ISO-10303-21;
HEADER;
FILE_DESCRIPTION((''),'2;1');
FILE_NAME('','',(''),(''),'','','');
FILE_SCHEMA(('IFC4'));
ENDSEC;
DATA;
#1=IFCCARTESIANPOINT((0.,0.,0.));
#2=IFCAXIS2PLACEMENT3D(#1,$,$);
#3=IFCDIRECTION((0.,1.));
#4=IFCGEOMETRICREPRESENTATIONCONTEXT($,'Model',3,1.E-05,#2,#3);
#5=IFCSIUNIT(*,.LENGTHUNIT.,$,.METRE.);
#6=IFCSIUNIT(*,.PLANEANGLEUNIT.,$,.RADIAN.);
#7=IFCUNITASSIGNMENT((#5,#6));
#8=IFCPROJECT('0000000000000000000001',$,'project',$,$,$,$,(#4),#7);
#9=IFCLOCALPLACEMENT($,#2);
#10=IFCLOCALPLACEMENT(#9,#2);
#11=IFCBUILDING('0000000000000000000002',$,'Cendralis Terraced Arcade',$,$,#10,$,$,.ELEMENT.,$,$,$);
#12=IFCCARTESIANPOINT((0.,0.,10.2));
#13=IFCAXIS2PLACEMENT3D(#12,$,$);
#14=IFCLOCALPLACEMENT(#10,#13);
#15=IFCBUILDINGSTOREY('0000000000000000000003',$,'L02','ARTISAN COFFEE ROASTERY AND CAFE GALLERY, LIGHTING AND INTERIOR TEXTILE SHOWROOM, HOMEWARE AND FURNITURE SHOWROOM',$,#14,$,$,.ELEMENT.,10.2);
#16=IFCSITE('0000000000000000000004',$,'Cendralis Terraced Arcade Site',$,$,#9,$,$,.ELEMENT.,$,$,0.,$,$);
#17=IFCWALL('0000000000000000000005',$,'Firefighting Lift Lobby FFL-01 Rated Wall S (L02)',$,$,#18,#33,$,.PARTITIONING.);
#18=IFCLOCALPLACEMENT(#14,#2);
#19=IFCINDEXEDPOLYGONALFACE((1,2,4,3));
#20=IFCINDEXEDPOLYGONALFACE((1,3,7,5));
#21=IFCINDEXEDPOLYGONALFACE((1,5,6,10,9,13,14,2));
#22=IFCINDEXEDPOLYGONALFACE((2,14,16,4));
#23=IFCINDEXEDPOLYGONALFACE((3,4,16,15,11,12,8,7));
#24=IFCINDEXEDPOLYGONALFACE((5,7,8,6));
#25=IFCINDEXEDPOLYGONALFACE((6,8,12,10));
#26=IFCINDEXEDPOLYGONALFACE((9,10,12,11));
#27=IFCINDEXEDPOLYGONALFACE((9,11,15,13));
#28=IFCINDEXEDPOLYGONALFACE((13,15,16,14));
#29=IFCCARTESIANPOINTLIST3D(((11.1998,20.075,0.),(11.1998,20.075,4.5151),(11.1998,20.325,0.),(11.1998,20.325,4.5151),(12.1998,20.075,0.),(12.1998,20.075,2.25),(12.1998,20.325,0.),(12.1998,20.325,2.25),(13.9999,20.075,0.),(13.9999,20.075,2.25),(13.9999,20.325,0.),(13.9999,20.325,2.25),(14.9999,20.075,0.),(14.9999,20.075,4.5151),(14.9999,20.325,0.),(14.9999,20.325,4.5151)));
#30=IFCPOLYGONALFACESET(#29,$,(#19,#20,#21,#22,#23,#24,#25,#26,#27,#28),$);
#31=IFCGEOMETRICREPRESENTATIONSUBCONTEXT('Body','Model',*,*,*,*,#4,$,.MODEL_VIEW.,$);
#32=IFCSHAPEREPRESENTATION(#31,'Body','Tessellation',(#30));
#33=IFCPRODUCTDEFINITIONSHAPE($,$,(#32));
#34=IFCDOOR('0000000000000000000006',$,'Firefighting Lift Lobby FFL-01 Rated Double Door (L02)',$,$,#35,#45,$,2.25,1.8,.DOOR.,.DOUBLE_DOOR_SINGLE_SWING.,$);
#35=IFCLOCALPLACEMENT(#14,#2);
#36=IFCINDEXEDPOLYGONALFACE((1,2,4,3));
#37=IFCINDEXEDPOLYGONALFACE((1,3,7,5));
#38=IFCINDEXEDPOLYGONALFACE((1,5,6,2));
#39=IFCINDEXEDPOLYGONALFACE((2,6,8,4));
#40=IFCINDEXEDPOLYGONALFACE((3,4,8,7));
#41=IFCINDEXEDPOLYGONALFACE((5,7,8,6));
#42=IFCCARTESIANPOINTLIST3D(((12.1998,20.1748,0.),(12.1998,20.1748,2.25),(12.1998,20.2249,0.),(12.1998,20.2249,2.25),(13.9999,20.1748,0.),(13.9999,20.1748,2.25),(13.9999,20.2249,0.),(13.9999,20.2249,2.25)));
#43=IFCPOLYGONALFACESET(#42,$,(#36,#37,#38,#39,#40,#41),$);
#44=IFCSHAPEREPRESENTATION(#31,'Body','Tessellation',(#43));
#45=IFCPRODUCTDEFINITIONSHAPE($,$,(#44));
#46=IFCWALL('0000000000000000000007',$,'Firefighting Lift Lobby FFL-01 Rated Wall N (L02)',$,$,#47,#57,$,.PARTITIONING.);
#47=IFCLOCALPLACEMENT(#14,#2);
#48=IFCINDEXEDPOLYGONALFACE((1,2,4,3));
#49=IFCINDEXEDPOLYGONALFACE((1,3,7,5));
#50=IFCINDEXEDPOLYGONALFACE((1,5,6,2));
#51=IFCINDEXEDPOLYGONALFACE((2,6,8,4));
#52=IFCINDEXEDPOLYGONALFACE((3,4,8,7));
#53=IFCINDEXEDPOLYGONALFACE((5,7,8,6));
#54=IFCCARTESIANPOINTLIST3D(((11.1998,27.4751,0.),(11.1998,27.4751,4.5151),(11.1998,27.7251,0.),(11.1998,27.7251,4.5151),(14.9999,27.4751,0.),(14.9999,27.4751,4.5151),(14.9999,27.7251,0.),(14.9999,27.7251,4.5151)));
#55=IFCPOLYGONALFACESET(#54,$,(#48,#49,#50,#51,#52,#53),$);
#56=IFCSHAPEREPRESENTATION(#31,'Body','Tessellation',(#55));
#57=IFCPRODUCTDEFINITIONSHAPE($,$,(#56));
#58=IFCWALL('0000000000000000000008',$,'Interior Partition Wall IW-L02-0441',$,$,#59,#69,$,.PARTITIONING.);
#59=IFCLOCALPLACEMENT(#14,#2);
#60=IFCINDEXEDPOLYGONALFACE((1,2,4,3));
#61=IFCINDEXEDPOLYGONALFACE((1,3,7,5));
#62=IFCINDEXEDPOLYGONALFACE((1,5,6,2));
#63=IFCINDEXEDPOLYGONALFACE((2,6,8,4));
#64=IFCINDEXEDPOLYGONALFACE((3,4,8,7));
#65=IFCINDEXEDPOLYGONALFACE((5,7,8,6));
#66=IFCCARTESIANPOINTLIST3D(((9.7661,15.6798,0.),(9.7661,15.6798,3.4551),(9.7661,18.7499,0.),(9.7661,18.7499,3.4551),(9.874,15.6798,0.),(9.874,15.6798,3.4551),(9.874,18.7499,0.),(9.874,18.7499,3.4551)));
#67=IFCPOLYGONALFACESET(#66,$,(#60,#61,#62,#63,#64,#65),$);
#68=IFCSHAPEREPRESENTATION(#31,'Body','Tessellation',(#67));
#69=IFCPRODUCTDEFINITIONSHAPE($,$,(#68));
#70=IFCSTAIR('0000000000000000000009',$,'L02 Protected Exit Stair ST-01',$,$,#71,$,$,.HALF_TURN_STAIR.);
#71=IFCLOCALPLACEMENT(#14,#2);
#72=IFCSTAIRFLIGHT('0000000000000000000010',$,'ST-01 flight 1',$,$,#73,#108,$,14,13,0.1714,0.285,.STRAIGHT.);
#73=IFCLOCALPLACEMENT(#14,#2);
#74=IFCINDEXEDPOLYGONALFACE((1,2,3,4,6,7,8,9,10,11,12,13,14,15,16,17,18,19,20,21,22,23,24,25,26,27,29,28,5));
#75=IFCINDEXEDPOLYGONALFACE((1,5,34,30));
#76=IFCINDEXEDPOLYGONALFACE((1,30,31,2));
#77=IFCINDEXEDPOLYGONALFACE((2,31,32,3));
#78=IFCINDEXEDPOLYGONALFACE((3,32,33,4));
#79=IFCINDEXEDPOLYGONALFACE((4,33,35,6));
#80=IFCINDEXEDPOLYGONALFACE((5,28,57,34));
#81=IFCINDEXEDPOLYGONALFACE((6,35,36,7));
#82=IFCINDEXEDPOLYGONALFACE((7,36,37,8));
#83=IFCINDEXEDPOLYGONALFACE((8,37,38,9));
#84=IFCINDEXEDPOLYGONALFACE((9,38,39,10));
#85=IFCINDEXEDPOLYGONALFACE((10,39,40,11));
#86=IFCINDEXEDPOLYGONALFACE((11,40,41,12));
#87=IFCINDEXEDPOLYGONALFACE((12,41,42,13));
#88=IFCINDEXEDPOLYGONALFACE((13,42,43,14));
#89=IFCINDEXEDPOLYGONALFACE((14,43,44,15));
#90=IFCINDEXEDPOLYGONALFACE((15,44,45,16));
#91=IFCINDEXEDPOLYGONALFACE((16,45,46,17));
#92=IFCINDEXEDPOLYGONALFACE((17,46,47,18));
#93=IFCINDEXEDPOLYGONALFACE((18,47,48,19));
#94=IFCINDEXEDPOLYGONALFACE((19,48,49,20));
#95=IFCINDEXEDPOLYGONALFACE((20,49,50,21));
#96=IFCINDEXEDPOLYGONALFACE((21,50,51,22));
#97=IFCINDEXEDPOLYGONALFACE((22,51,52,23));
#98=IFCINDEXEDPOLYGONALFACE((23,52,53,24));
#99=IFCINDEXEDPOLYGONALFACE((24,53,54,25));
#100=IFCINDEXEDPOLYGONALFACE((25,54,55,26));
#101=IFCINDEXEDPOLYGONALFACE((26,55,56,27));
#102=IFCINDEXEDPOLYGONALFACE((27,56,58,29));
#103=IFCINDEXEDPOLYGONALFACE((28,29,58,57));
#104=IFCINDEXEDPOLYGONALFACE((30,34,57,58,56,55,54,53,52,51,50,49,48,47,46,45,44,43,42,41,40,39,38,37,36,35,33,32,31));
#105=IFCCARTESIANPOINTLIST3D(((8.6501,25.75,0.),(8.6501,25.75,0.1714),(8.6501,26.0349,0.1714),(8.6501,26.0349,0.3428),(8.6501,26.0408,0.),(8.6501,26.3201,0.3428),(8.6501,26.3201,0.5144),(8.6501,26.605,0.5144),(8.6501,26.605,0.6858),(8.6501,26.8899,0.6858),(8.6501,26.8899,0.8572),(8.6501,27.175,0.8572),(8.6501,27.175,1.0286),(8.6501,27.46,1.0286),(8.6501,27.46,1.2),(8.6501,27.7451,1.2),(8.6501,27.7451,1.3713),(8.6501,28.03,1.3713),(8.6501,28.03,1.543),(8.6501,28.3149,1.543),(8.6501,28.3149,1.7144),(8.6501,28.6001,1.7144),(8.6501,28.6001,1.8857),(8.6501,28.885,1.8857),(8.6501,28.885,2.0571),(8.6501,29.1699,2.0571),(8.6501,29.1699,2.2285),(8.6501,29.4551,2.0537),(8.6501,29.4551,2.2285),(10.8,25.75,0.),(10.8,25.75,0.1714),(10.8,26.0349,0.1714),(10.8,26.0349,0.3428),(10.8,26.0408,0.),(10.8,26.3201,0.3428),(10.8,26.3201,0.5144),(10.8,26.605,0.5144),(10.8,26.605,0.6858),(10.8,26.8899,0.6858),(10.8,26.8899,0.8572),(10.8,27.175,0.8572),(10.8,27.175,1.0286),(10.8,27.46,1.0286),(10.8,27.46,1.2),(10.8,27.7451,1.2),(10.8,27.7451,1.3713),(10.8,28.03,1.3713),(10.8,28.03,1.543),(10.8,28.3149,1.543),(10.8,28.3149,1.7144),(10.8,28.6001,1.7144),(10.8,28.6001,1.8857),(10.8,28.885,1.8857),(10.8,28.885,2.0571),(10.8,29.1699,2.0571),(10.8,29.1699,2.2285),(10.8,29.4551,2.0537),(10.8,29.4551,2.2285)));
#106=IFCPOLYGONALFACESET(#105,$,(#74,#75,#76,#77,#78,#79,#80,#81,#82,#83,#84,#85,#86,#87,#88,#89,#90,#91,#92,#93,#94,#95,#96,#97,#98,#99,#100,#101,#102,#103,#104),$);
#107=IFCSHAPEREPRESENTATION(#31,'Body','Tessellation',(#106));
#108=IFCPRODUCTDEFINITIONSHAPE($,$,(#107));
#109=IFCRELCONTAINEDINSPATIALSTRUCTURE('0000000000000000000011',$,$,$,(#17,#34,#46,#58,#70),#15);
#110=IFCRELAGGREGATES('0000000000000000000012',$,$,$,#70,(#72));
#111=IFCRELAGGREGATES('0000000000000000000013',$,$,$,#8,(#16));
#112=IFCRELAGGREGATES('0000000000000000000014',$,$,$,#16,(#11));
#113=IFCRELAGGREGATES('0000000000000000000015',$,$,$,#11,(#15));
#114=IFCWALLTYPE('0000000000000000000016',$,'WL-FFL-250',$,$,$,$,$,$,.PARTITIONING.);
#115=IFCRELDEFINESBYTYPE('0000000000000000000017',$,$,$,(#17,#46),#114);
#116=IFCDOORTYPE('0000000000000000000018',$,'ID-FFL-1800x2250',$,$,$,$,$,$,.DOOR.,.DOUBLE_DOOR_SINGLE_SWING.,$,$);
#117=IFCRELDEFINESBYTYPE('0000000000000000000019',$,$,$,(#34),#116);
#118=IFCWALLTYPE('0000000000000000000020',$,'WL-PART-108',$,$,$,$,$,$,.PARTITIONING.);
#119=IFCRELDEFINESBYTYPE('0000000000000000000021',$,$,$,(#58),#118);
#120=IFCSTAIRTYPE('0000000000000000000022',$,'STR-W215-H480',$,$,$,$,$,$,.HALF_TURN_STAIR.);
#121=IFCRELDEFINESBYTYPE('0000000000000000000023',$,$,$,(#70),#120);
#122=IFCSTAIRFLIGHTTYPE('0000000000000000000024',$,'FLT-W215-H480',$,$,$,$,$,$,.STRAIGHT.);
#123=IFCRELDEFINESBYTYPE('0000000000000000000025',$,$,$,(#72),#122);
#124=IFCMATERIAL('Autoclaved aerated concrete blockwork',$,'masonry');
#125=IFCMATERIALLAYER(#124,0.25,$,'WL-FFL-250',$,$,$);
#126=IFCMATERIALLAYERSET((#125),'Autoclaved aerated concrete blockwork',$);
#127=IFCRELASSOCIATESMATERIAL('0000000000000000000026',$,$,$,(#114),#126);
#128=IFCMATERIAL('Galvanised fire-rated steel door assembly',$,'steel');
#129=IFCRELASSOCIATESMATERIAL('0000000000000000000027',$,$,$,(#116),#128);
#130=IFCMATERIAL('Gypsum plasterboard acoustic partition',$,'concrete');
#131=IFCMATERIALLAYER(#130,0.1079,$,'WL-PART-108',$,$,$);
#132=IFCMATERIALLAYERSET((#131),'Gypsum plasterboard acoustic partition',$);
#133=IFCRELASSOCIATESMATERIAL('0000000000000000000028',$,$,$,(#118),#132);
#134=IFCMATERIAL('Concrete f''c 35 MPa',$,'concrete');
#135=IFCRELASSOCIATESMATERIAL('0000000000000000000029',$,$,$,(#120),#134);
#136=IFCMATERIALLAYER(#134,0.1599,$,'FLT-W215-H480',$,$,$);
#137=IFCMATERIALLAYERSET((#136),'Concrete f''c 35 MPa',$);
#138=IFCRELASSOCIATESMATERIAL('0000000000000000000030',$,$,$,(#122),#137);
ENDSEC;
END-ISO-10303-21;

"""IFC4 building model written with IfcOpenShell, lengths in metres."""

from ifc_helpers import new_model, si_unit, direction, frame, frame_2d, origin, place, context, subcontext, project, spatial, polyline, rectangle, outline, extrude, material, layer, layer_set, type_object, element, fill, aggregate, save


model = new_model("IFC4")

# Units and contexts
model_context = context("Model", 3, precision=1e-05, world=origin(), true_north=direction((0.0, 1.0)))
body_context = subcontext(model_context, "Body", "Model", "MODEL_VIEW")
ifc_project = project(units=[si_unit("LENGTHUNIT", "METRE"), si_unit("PLANEANGLEUNIT", "RADIAN")], contexts=[model_context])

# Site, building, storey
site_placement = place(None, origin())
site = spatial("IfcSite", under=ifc_project, at=site_placement, Name="Cendralis Terraced Arcade Site", CompositionType="ELEMENT", RefElevation=0.0)
building_placement = place(site_placement, origin())
building = spatial("IfcBuilding", under=site, at=building_placement, Name="Cendralis Terraced Arcade", CompositionType="ELEMENT")
storey_placement = place(building_placement, frame((0.0, 0.0, 10.2)))
storey = spatial("IfcBuildingStorey", under=building, at=storey_placement, Name="L02", Description="ARTISAN COFFEE ROASTERY AND CAFE GALLERY, LIGHTING AND INTERIOR TEXTILE SHOWROOM, HOMEWARE AND FURNITURE SHOWROOM", CompositionType="ELEMENT", Elevation=10.2)

# Shared definitions
ifc_material_1 = material(Name="Concrete f'c 35 MPa", Category="concrete")

# Shared definitions
ifc_material_2 = material(Name="Galvanised fire-rated steel door assembly", Category="steel")

# Wall, opening, door
ifc_material_3 = material(Name="Autoclaved aerated concrete blockwork", Category="masonry")
ifc_layer_1 = layer(ifc_material_3, 0.25, Name="WL-FFL-250")
ifc_layer_set_1 = layer_set([ifc_layer_1], Name="Autoclaved aerated concrete blockwork")
wall_type_1 = type_object("IfcWallType", Name="WL-FFL-250", PredefinedType="PARTITIONING", material=ifc_layer_set_1)
wall_1_placement = place(storey_placement, frame((11.2, 20.2, 0.0), z_axis=(0.0, 0.0, 1.0), x_axis=(1.0, 0.0, 0.0)))
wall_1 = element("IfcWall", 1, at=wall_1_placement, inside=storey, type_object=wall_type_1, Name="Firefighting Lift Lobby FFL-01 Rated Wall S (L02)", PredefinedType="PARTITIONING", context=body_context, shape_type="SweptSolid", body=[
    extrude(rectangle(XDim=3.8, YDim=0.25, at=frame_2d((1.8999, 0.0))), origin(), (0.0, 0.0, 1.0), 4.5151),
])
opening_1_placement = place(wall_1_placement, frame((1.0, 0.0, 0.0)))
opening_1 = element("IfcOpeningElement", 2, at=opening_1_placement, cuts=wall_1, PredefinedType="OPENING", context=body_context, shape_type="SweptSolid", body=[
    extrude(rectangle(XDim=1.8, YDim=2.25, at=frame_2d((0.8999, 1.125))), frame((0.0, 0.137, 0.0), z_axis=(0.0, -1.0, 0.0), x_axis=(1.0, 0.0, 0.0)), (0.0, 0.0, 1.0), 0.2739),
])
door_type_1 = type_object("IfcDoorType", Name="ID-FFL-1800x2250", OperationType="DOUBLE_DOOR_SINGLE_SWING", PredefinedType="DOOR", material=ifc_material_2)
door_1_placement = place(opening_1_placement, origin())
door_1 = element("IfcDoor", 3, at=door_1_placement, inside=storey, type_object=door_type_1, Name="Firefighting Lift Lobby FFL-01 Rated Double Door (L02)", OperationType="DOUBLE_DOOR_SINGLE_SWING", OverallHeight=2.25, OverallWidth=1.8, PredefinedType="DOOR", context=body_context, shape_type="SweptSolid", body=[
    extrude(rectangle(XDim=1.8, YDim=2.25, at=frame_2d((0.8999, 1.125))), frame((0.0, 0.0249, 0.0), z_axis=(0.0, -1.0, 0.0), x_axis=(1.0, 0.0, 0.0)), (0.0, 0.0, 1.0), 0.05),
])
fill(opening_1, door_1)

# Walls
wall_2_placement = place(storey_placement, frame((11.2, 27.6001, 0.0), z_axis=(0.0, 0.0, 1.0), x_axis=(1.0, 0.0, 0.0)))
element("IfcWall", 4, at=wall_2_placement, inside=storey, type_object=wall_type_1, Name="Firefighting Lift Lobby FFL-01 Rated Wall N (L02)", PredefinedType="PARTITIONING", context=body_context, shape_type="SweptSolid", body=[
    extrude(rectangle(XDim=3.8, YDim=0.25, at=frame_2d((1.8999, 0.0))), origin(), (0.0, 0.0, 1.0), 4.5151),
])
ifc_material_4 = material(Name="Gypsum plasterboard acoustic partition", Category="concrete")
ifc_layer_2 = layer(ifc_material_4, 0.1079, Name="WL-PART-108")
ifc_layer_set_2 = layer_set([ifc_layer_2], Name="Gypsum plasterboard acoustic partition")
wall_type_2 = type_object("IfcWallType", Name="WL-PART-108", PredefinedType="PARTITIONING", material=ifc_layer_set_2)
wall_3_placement = place(storey_placement, frame((9.8201, 18.75, 0.0), z_axis=(0.0, 0.0, 1.0), x_axis=(0.0, -1.0, 0.0)))
element("IfcWall", 5, at=wall_3_placement, inside=storey, type_object=wall_type_2, Name="Interior Partition Wall IW-L02-0441", PredefinedType="PARTITIONING", context=body_context, shape_type="SweptSolid", body=[
    extrude(rectangle(XDim=3.0701, YDim=0.1079, at=frame_2d((1.5352, 0.0))), origin(), (0.0, 0.0, 1.0), 3.4551),
])

# Stair, stair flight
stair_type = type_object("IfcStairType", Name="STR-W215-H480", PredefinedType="HALF_TURN_STAIR", material=ifc_material_1)
stair_placement = place(storey_placement, origin())
stair = element("IfcStair", 6, at=stair_placement, inside=storey, type_object=stair_type, Name="L02 Protected Exit Stair ST-01", PredefinedType="HALF_TURN_STAIR")
ifc_layer_3 = layer(ifc_material_1, 0.1599, Name="FLT-W215-H480")
ifc_layer_set_3 = layer_set([ifc_layer_3], Name="Concrete f'c 35 MPa")
stair_flight_type = type_object("IfcStairFlightType", Name="FLT-W215-H480", PredefinedType="STRAIGHT", material=ifc_layer_set_3)
stair_flight_placement = place(storey_placement, frame((9.7251, 25.75, 0.0), z_axis=(0.0, 0.0, 1.0), x_axis=(0.0, 1.0, 0.0)))
stair_flight = element("IfcStairFlight", 7, at=stair_flight_placement, type_object=stair_flight_type, Name="ST-01 flight 1", NumberOfRisers=14, NumberOfTreads=13, PredefinedType="STRAIGHT", RiserHeight=0.1714, TreadLength=0.285, context=body_context, shape_type="SweptSolid", body=[
    extrude(outline(polyline([(0.0, 0.0), (0.0, 0.1714), (0.2849, 0.1714), (0.2849, 0.3428), (0.5701, 0.3428), (0.5701, 0.5144), (0.855, 0.5144), (0.855, 0.6858), (1.1399, 0.6858), (1.1399, 0.8572), (1.425, 0.8572), (1.425, 1.0286), (1.71, 1.0286), (1.71, 1.2), (1.9951, 1.2), (1.9951, 1.3713), (2.28, 1.3713), (2.28, 1.543), (2.5649, 1.543), (2.5649, 1.7144), (2.8501, 1.7144), (2.8501, 1.8857), (3.135, 1.8857), (3.135, 2.0571), (3.4199, 2.0571), (3.4199, 2.2285), (3.7051, 2.2285), (3.7051, 2.3999), (3.7051, 2.0537), (0.2908, 0.0), (0.0, 0.0)])), frame((0.0, 1.075, 0.0), z_axis=(0.0, -1.0, 0.0), x_axis=(1.0, 0.0, 0.0)), (0.0, 0.0, 1.0), 2.1499),
])
aggregate(stair, [stair_flight])

save(model, "model.ifc")
